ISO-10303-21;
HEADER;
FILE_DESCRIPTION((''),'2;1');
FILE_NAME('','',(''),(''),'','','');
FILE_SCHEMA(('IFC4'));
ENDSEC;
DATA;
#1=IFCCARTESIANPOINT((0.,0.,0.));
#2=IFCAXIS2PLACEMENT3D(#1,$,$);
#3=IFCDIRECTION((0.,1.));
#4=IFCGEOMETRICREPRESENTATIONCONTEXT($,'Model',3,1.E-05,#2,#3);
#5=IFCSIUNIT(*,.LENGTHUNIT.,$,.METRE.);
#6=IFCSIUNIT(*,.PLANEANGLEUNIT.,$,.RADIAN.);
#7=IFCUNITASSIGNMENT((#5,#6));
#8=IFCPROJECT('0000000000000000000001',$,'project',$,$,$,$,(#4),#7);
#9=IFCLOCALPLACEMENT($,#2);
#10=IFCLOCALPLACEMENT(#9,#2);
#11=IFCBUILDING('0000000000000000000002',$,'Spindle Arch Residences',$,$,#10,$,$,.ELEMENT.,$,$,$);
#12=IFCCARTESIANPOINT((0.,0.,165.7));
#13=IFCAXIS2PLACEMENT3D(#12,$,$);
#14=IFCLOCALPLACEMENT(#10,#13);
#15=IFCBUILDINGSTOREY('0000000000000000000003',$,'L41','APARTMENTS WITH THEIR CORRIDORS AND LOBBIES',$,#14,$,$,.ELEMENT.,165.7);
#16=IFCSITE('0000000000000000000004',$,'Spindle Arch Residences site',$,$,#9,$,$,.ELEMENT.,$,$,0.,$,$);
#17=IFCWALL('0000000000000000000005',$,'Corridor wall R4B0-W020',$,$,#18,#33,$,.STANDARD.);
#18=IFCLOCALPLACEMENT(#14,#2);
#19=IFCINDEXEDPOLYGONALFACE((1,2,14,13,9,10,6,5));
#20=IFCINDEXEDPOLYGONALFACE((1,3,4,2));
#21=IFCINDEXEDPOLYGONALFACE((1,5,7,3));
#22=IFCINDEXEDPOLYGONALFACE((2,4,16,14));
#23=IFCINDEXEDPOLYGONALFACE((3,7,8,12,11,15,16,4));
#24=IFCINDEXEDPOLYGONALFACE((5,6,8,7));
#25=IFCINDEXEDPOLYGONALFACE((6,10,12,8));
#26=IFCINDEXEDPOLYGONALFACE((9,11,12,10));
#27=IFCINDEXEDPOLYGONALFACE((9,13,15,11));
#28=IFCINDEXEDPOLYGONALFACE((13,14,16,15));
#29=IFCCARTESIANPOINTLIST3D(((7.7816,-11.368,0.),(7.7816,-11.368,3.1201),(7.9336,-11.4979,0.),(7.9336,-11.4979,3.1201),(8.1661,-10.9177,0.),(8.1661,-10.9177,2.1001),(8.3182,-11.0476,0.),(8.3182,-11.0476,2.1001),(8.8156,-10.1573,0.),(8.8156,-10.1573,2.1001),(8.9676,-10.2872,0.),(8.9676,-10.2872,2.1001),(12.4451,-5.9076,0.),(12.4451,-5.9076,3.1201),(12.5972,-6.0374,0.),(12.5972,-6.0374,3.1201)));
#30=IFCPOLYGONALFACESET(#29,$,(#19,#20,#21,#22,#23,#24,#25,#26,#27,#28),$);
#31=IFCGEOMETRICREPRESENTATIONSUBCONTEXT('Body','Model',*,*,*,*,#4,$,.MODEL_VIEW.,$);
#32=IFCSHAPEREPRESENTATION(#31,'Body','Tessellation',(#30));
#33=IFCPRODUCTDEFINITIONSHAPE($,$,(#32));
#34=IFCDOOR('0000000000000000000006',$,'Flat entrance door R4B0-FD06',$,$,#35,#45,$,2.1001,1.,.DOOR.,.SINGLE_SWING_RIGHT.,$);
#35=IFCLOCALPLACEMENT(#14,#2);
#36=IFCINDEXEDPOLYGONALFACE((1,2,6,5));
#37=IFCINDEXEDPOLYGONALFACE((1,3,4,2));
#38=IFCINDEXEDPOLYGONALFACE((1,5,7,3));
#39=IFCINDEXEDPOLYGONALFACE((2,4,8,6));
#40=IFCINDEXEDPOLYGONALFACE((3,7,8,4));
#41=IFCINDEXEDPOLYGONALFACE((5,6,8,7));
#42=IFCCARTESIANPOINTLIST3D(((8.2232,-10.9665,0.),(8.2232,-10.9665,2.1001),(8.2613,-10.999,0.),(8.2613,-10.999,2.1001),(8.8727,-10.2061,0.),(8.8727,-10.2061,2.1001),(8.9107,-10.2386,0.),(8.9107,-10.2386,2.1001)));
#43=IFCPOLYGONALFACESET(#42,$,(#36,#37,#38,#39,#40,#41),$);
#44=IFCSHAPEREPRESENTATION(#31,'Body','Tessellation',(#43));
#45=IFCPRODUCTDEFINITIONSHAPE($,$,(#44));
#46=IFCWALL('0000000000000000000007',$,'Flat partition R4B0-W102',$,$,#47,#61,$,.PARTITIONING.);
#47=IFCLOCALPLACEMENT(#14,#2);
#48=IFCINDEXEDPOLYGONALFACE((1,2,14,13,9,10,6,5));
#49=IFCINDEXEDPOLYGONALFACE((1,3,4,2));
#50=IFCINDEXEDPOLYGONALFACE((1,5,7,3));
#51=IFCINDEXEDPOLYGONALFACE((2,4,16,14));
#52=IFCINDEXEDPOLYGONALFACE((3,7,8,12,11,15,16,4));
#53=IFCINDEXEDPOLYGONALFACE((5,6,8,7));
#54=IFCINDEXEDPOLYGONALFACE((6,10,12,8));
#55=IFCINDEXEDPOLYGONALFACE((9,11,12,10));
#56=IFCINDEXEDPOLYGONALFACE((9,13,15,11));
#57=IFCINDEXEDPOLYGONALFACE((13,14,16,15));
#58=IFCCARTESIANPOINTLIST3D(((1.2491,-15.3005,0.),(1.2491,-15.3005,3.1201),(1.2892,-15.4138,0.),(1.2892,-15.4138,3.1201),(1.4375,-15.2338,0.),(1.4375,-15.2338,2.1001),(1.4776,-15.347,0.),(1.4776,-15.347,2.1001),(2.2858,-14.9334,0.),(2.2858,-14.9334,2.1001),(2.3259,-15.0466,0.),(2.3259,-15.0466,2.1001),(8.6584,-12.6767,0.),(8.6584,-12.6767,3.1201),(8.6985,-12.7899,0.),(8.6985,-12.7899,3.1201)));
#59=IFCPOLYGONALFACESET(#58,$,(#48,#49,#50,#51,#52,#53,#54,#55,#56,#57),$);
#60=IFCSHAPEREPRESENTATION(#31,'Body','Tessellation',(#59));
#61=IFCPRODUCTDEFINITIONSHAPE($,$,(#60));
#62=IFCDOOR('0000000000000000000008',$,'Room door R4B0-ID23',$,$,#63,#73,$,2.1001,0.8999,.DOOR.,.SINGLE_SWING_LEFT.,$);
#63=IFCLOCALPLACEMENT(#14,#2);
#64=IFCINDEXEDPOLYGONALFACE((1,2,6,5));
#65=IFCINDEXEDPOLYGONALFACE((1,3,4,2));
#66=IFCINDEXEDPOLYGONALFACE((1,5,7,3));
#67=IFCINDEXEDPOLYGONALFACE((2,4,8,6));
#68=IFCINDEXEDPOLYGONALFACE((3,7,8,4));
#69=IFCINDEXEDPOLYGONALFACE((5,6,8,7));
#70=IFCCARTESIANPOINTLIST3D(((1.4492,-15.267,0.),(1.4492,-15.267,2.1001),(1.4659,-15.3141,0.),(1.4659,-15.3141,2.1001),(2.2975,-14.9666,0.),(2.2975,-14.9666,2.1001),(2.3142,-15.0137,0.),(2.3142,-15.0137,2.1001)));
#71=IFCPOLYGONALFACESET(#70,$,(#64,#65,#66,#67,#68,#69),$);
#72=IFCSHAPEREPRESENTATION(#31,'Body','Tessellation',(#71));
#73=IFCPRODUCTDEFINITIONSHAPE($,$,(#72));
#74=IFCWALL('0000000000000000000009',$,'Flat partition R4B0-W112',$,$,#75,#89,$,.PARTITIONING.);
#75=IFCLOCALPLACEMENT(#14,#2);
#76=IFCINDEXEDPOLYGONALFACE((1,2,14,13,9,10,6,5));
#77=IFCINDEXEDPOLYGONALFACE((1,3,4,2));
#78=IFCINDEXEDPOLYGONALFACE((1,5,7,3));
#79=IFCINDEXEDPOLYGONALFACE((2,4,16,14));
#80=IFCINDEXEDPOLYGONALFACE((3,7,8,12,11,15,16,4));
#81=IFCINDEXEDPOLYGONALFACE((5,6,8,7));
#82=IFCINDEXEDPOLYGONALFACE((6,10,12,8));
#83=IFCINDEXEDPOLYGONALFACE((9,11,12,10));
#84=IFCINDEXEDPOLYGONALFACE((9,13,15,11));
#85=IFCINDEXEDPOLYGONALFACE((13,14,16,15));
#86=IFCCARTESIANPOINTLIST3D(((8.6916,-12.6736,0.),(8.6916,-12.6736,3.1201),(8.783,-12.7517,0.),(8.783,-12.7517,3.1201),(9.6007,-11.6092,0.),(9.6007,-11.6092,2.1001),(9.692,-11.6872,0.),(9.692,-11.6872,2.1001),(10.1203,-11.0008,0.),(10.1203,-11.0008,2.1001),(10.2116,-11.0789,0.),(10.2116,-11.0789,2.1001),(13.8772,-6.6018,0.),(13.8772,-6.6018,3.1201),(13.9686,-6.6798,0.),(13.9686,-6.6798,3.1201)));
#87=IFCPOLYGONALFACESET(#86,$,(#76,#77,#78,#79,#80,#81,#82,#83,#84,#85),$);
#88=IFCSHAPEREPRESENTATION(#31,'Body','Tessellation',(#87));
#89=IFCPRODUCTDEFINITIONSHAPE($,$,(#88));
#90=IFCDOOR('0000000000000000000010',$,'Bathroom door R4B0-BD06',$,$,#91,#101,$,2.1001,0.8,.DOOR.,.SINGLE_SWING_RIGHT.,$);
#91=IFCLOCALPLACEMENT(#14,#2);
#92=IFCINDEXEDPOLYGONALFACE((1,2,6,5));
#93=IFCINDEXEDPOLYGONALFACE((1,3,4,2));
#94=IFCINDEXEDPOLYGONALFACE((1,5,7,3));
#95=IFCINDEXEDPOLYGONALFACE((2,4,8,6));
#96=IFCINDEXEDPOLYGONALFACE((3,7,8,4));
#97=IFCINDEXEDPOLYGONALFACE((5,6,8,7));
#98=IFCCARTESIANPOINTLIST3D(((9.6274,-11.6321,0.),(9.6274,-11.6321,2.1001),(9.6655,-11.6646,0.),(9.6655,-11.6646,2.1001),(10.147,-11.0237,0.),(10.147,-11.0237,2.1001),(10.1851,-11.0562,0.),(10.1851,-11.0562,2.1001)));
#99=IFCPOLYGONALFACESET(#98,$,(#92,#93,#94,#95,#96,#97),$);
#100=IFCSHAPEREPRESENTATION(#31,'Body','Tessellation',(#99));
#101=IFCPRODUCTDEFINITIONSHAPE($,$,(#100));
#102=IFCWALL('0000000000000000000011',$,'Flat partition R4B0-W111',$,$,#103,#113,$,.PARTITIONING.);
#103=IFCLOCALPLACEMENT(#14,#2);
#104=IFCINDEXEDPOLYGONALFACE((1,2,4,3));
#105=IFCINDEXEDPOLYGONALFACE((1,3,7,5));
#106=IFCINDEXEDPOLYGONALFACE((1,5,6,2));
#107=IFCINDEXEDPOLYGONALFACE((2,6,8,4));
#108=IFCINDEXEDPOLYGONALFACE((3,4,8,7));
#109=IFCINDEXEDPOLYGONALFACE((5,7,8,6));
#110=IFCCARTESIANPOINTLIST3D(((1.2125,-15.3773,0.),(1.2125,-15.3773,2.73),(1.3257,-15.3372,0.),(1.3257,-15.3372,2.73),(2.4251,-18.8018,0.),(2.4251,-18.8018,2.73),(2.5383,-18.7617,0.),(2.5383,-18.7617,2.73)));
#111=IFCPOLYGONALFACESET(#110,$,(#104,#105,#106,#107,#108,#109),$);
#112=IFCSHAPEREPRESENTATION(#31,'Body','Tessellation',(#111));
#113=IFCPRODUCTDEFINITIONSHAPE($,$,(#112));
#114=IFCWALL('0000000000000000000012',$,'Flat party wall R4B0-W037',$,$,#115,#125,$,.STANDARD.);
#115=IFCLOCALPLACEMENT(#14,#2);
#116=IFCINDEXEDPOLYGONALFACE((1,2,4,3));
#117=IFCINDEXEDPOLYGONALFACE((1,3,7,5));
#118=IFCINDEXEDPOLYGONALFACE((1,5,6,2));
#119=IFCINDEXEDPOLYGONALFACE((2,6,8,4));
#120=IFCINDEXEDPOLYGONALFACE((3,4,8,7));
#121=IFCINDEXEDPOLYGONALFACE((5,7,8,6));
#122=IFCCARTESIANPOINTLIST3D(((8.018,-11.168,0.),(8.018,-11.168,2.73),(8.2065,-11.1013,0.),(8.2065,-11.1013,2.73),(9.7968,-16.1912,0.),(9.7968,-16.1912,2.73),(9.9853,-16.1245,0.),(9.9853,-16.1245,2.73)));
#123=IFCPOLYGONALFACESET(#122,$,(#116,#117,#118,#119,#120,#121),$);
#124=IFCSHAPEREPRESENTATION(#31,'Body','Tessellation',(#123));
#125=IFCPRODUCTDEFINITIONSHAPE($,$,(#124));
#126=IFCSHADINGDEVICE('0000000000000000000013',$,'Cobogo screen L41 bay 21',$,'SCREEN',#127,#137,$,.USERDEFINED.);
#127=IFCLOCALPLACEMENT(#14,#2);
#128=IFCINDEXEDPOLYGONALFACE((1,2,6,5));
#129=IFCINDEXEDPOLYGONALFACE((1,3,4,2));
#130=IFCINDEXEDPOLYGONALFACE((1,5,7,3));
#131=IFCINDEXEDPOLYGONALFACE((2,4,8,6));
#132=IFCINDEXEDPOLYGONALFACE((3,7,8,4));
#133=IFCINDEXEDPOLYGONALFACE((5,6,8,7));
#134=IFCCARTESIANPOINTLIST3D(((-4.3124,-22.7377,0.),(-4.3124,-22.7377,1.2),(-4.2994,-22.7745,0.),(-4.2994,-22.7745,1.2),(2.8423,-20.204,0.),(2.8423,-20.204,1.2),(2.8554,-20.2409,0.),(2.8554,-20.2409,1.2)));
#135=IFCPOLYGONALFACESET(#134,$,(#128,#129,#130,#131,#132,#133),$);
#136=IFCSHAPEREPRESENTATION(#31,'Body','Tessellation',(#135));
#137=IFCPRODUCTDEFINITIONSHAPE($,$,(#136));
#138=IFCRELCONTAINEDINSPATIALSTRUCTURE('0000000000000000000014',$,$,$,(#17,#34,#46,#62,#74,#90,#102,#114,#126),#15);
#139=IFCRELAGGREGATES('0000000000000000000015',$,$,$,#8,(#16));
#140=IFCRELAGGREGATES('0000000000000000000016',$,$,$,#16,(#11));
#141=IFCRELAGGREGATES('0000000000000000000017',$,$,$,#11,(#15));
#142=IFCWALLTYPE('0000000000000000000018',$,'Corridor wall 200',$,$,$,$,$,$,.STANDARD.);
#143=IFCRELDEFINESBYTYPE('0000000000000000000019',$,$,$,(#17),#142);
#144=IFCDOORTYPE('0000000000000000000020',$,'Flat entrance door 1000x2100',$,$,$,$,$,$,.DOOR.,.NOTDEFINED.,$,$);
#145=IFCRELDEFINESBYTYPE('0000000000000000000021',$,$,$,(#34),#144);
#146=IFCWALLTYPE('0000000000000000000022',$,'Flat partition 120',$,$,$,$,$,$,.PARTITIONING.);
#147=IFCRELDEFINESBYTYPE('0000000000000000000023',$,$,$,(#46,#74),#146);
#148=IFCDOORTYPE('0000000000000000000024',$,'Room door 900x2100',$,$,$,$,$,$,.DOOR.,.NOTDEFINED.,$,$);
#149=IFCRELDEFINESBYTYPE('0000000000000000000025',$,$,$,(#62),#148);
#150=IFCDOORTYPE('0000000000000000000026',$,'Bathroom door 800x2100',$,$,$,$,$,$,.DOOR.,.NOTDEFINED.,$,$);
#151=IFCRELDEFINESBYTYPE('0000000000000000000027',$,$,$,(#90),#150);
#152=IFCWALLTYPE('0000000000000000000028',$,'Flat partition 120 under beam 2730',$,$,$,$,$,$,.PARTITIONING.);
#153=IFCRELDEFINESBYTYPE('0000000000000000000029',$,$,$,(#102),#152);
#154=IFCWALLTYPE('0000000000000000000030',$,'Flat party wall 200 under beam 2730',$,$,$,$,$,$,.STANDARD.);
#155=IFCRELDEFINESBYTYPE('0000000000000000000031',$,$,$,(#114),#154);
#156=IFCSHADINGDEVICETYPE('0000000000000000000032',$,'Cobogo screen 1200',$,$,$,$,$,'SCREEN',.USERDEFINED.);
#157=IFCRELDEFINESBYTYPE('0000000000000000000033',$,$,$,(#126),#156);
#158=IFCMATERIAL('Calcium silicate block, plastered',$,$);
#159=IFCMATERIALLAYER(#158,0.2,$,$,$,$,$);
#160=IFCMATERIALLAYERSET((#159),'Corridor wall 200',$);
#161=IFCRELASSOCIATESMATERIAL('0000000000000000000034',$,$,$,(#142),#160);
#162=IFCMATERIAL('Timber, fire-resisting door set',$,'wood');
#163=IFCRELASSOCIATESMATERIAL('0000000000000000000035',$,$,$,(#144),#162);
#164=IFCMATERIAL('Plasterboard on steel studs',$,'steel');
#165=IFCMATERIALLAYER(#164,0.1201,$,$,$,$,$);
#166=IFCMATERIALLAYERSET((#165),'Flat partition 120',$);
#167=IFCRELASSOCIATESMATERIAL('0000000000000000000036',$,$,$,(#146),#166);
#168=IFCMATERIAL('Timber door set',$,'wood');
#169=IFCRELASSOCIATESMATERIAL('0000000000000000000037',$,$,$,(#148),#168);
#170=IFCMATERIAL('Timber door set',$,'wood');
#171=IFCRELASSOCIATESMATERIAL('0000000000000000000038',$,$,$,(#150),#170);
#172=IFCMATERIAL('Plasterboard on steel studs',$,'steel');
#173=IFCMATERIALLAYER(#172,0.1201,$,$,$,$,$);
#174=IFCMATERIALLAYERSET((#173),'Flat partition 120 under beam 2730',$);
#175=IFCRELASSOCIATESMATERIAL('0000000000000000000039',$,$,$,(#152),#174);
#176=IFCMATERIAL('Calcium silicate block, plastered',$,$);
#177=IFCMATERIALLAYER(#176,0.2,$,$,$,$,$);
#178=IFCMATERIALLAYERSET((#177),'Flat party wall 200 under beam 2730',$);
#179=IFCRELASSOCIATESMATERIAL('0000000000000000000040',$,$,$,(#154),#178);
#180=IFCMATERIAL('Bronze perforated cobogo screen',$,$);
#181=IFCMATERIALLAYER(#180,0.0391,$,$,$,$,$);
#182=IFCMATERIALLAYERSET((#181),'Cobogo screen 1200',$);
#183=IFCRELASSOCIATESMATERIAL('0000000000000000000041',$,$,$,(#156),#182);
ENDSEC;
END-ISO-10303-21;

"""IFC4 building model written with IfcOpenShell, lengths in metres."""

from ifc_helpers import new_model, si_unit, direction, frame, frame_2d, origin, origin_2d, place, context, subcontext, project, spatial, rectangle, extrude, material, layer, layer_set, type_object, element, fill, save


model = new_model("IFC4")

# Units and contexts
model_context = context("Model", 3, precision=1e-05, world=origin(), true_north=direction((0.0, 1.0)))
body_context = subcontext(model_context, "Body", "Model", "MODEL_VIEW")
ifc_project = project(units=[si_unit("LENGTHUNIT", "METRE"), si_unit("PLANEANGLEUNIT", "RADIAN")], contexts=[model_context])

# Site, building, storey
site_placement = place(None, origin())
site = spatial("IfcSite", under=ifc_project, at=site_placement, Name="Spindle Arch Residences site", CompositionType="ELEMENT", RefElevation=0.0)
building_placement = place(site_placement, origin())
building = spatial("IfcBuilding", under=site, at=building_placement, Name="Spindle Arch Residences", CompositionType="ELEMENT")
storey_placement = place(building_placement, frame((0.0, 0.0, 165.7)))
storey = spatial("IfcBuildingStorey", under=building, at=storey_placement, Name="L41", Description="APARTMENTS WITH THEIR CORRIDORS AND LOBBIES", CompositionType="ELEMENT", Elevation=165.7)

# Shared definitions
ifc_material_1 = material(Name="Calcium silicate block, plastered")
ifc_layer_1 = layer(ifc_material_1, 0.2)
ifc_layer_set_1 = layer_set([ifc_layer_1], Name="Corridor wall 200")
wall_type_1 = type_object("IfcWallType", Name="Corridor wall 200", PredefinedType="STANDARD", material=ifc_layer_set_1)

# Walls, openings, doors
wall_1_placement = place(storey_placement, frame((7.8577, -11.4329, 0.0), z_axis=(0.0, 0.0, 1.0), x_axis=(0.649441, 0.760412, 0.0)))
wall_1 = element("IfcWall", 1, at=wall_1_placement, inside=storey, type_object=wall_type_1, Name="Corridor wall R4B0-W020", PredefinedType="STANDARD", context=body_context, shape_type="SweptSolid", body=[
    extrude(rectangle(XDim=7.1809, YDim=0.2, at=frame_2d((3.5903, 0.0))), origin(), (0.0, 0.0, 1.0), 3.1201),
])
opening_1_placement = place(wall_1_placement, frame((0.592, 0.0, 0.0)))
opening_1 = element("IfcOpeningElement", 2, at=opening_1_placement, cuts=wall_1, PredefinedType="OPENING", context=body_context, shape_type="SweptSolid", body=[
    extrude(rectangle(XDim=1.0, YDim=2.1001, at=frame_2d((0.5, 1.05))), frame((0.0, 0.1099, 0.0), z_axis=(0.0, -1.0, 0.0), x_axis=(1.0, 0.0, 0.0)), (0.0, 0.0, 1.0), 0.22),
])
ifc_material_2 = material(Name="Timber, fire-resisting door set", Category="wood")
door_type_1 = type_object("IfcDoorType", Name="Flat entrance door 1000x2100", OperationType="NOTDEFINED", PredefinedType="DOOR", material=ifc_material_2)
door_1_placement = place(opening_1_placement, origin())
door_1 = element("IfcDoor", 3, at=door_1_placement, inside=storey, type_object=door_type_1, Name="Flat entrance door R4B0-FD06", OperationType="SINGLE_SWING_RIGHT", OverallHeight=2.1001, OverallWidth=1.0, PredefinedType="DOOR", context=body_context, shape_type="SweptSolid", body=[
    extrude(rectangle(XDim=1.0, YDim=2.1001, at=frame_2d((0.5, 1.05))), frame((0.0, 0.0249, 0.0), z_axis=(0.0, -1.0, 0.0), x_axis=(1.0, 0.0, 0.0)), (0.0, 0.0, 1.0), 0.05),
])
fill(opening_1, door_1)
ifc_material_3 = material(Name="Plasterboard on steel studs", Category="steel")
ifc_layer_2 = layer(ifc_material_3, 0.1201)
ifc_layer_set_2 = layer_set([ifc_layer_2], Name="Flat partition 120")
wall_type_2 = type_object("IfcWallType", Name="Flat partition 120", PredefinedType="PARTITIONING", material=ifc_layer_set_2)
wall_2_placement = place(storey_placement, frame((1.269, -15.3572, 0.0), z_axis=(0.0, 0.0, 1.0), x_axis=(0.942639, 0.333813, 0.0)))
wall_2 = element("IfcWall", 4, at=wall_2_placement, inside=storey, type_object=wall_type_2, Name="Flat partition R4B0-W102", PredefinedType="PARTITIONING", context=body_context, shape_type="SweptSolid", body=[
    extrude(rectangle(XDim=7.8601, YDim=0.1201, at=frame_2d((3.9302, 0.0))), origin(), (0.0, 0.0, 1.0), 3.1201),
])
opening_2_placement = place(wall_2_placement, frame((0.2, 0.0, 0.0)))
opening_2 = element("IfcOpeningElement", 5, at=opening_2_placement, cuts=wall_2, PredefinedType="OPENING", context=body_context, shape_type="SweptSolid", body=[
    extrude(rectangle(XDim=0.8999, YDim=2.1001, at=frame_2d((0.45, 1.05))), frame((0.0, 0.0701, 0.0), z_axis=(0.0, -1.0, 0.0), x_axis=(1.0, 0.0, 0.0)), (0.0, 0.0, 1.0), 0.1401),
])
ifc_material_4 = material(Name="Timber door set", Category="wood")
door_type_2 = type_object("IfcDoorType", Name="Room door 900x2100", OperationType="NOTDEFINED", PredefinedType="DOOR", material=ifc_material_4)
door_2_placement = place(opening_2_placement, origin())
door_2 = element("IfcDoor", 6, at=door_2_placement, inside=storey, type_object=door_type_2, Name="Room door R4B0-ID23", OperationType="SINGLE_SWING_LEFT", OverallHeight=2.1001, OverallWidth=0.8999, PredefinedType="DOOR", context=body_context, shape_type="SweptSolid", body=[
    extrude(rectangle(XDim=0.8999, YDim=2.1001, at=frame_2d((0.45, 1.05))), frame((0.0, 0.0249, 0.0), z_axis=(0.0, -1.0, 0.0), x_axis=(1.0, 0.0, 0.0)), (0.0, 0.0, 1.0), 0.05),
])
fill(opening_2, door_2)
wall_3_placement = place(storey_placement, frame((8.7373, -12.7126, 0.0), z_axis=(0.0, 0.0, 1.0), x_axis=(0.649431, 0.760421, 0.0)))
wall_3 = element("IfcWall", 7, at=wall_3_placement, inside=storey, type_object=wall_type_2, Name="Flat partition R4B0-W112", PredefinedType="PARTITIONING", context=body_context, shape_type="SweptSolid", body=[
    extrude(rectangle(XDim=7.9849, YDim=0.1201, at=frame_2d((3.9924, 0.0))), origin(), (0.0, 0.0, 1.0), 3.1201),
])
opening_3_placement = place(wall_3_placement, frame((1.3999, 0.0, 0.0)))
opening_3 = element("IfcOpeningElement", 8, at=opening_3_placement, cuts=wall_3, PredefinedType="OPENING", context=body_context, shape_type="SweptSolid", body=[
    extrude(rectangle(XDim=0.8, YDim=2.1001, at=frame_2d((0.3999, 1.05))), frame((0.0, 0.0701, 0.0), z_axis=(0.0, -1.0, 0.0), x_axis=(1.0, 0.0, 0.0)), (0.0, 0.0, 1.0), 0.1401),
])
ifc_material_5 = material(Name="Timber door set", Category="wood")
door_type_3 = type_object("IfcDoorType", Name="Bathroom door 800x2100", OperationType="NOTDEFINED", PredefinedType="DOOR", material=ifc_material_5)
door_3_placement = place(opening_3_placement, origin())
door_3 = element("IfcDoor", 9, at=door_3_placement, inside=storey, type_object=door_type_3, Name="Bathroom door R4B0-BD06", OperationType="SINGLE_SWING_RIGHT", OverallHeight=2.1001, OverallWidth=0.8, PredefinedType="DOOR", context=body_context, shape_type="SweptSolid", body=[
    extrude(rectangle(XDim=0.8, YDim=2.1001, at=frame_2d((0.3999, 1.05))), frame((0.0, 0.0249, 0.0), z_axis=(0.0, -1.0, 0.0), x_axis=(1.0, 0.0, 0.0)), (0.0, 0.0, 1.0), 0.05),
])
fill(opening_3, door_3)

# Walls
ifc_material_6 = material(Name="Plasterboard on steel studs", Category="steel")
ifc_layer_3 = layer(ifc_material_6, 0.1201)
ifc_layer_set_3 = layer_set([ifc_layer_3], Name="Flat partition 120 under beam 2730")
wall_type_3 = type_object("IfcWallType", Name="Flat partition 120 under beam 2730", PredefinedType="PARTITIONING", material=ifc_layer_set_3)
wall_4_placement = place(storey_placement, frame((2.4817, -18.7817, 0.0), z_axis=(0.0, 0.0, 1.0), x_axis=(-0.333794, 0.942646, 0.0)))
element("IfcWall", 10, at=wall_4_placement, inside=storey, type_object=wall_type_3, Name="Flat partition R4B0-W111", PredefinedType="PARTITIONING", context=body_context, shape_type="SweptSolid", body=[
    extrude(rectangle(XDim=3.6328, YDim=0.1201, at=frame_2d((1.8164, 0.0))), origin(), (0.0, 0.0, 1.0), 2.73),
])
ifc_material_7 = material(Name="Calcium silicate block, plastered")
ifc_layer_4 = layer(ifc_material_7, 0.2)
ifc_layer_set_4 = layer_set([ifc_layer_4], Name="Flat party wall 200 under beam 2730")
wall_type_4 = type_object("IfcWallType", Name="Flat party wall 200 under beam 2730", PredefinedType="STANDARD", material=ifc_layer_set_4)
wall_5_placement = place(storey_placement, frame((9.8911, -16.158, 0.0), z_axis=(0.0, 0.0, 1.0), x_axis=(-0.333807, 0.942641, 0.0)))
element("IfcWall", 11, at=wall_5_placement, inside=storey, type_object=wall_type_4, Name="Flat party wall R4B0-W037", PredefinedType="STANDARD", context=body_context, shape_type="SweptSolid", body=[
    extrude(rectangle(XDim=5.3289, YDim=0.2, at=frame_2d((2.6646, 0.0))), origin(), (0.0, 0.0, 1.0), 2.73),
])

# Shading device
ifc_material_8 = material(Name="Bronze perforated cobogo screen")
ifc_layer_5 = layer(ifc_material_8, 0.0391)
ifc_layer_set_5 = layer_set([ifc_layer_5], Name="Cobogo screen 1200")
shading_device_type = type_object("IfcShadingDeviceType", Name="Cobogo screen 1200", ElementType="SCREEN", PredefinedType="USERDEFINED", material=ifc_layer_set_5)
shading_device_placement = place(storey_placement, frame((-0.7285, -21.4893, 0.0), z_axis=(0.0, 0.0, 1.0), x_axis=(0.942641, 0.333807, 0.0)))
element("IfcShadingDevice", 12, at=shading_device_placement, inside=storey, type_object=shading_device_type, Name="Cobogo screen L41 bay 21", ObjectType="SCREEN", PredefinedType="USERDEFINED", context=body_context, shape_type="SweptSolid", body=[
    extrude(rectangle(XDim=7.5901, YDim=0.0391, at=origin_2d()), origin(), (0.0, 0.0, 1.0), 1.2),
])

save(model, "model.ifc")
